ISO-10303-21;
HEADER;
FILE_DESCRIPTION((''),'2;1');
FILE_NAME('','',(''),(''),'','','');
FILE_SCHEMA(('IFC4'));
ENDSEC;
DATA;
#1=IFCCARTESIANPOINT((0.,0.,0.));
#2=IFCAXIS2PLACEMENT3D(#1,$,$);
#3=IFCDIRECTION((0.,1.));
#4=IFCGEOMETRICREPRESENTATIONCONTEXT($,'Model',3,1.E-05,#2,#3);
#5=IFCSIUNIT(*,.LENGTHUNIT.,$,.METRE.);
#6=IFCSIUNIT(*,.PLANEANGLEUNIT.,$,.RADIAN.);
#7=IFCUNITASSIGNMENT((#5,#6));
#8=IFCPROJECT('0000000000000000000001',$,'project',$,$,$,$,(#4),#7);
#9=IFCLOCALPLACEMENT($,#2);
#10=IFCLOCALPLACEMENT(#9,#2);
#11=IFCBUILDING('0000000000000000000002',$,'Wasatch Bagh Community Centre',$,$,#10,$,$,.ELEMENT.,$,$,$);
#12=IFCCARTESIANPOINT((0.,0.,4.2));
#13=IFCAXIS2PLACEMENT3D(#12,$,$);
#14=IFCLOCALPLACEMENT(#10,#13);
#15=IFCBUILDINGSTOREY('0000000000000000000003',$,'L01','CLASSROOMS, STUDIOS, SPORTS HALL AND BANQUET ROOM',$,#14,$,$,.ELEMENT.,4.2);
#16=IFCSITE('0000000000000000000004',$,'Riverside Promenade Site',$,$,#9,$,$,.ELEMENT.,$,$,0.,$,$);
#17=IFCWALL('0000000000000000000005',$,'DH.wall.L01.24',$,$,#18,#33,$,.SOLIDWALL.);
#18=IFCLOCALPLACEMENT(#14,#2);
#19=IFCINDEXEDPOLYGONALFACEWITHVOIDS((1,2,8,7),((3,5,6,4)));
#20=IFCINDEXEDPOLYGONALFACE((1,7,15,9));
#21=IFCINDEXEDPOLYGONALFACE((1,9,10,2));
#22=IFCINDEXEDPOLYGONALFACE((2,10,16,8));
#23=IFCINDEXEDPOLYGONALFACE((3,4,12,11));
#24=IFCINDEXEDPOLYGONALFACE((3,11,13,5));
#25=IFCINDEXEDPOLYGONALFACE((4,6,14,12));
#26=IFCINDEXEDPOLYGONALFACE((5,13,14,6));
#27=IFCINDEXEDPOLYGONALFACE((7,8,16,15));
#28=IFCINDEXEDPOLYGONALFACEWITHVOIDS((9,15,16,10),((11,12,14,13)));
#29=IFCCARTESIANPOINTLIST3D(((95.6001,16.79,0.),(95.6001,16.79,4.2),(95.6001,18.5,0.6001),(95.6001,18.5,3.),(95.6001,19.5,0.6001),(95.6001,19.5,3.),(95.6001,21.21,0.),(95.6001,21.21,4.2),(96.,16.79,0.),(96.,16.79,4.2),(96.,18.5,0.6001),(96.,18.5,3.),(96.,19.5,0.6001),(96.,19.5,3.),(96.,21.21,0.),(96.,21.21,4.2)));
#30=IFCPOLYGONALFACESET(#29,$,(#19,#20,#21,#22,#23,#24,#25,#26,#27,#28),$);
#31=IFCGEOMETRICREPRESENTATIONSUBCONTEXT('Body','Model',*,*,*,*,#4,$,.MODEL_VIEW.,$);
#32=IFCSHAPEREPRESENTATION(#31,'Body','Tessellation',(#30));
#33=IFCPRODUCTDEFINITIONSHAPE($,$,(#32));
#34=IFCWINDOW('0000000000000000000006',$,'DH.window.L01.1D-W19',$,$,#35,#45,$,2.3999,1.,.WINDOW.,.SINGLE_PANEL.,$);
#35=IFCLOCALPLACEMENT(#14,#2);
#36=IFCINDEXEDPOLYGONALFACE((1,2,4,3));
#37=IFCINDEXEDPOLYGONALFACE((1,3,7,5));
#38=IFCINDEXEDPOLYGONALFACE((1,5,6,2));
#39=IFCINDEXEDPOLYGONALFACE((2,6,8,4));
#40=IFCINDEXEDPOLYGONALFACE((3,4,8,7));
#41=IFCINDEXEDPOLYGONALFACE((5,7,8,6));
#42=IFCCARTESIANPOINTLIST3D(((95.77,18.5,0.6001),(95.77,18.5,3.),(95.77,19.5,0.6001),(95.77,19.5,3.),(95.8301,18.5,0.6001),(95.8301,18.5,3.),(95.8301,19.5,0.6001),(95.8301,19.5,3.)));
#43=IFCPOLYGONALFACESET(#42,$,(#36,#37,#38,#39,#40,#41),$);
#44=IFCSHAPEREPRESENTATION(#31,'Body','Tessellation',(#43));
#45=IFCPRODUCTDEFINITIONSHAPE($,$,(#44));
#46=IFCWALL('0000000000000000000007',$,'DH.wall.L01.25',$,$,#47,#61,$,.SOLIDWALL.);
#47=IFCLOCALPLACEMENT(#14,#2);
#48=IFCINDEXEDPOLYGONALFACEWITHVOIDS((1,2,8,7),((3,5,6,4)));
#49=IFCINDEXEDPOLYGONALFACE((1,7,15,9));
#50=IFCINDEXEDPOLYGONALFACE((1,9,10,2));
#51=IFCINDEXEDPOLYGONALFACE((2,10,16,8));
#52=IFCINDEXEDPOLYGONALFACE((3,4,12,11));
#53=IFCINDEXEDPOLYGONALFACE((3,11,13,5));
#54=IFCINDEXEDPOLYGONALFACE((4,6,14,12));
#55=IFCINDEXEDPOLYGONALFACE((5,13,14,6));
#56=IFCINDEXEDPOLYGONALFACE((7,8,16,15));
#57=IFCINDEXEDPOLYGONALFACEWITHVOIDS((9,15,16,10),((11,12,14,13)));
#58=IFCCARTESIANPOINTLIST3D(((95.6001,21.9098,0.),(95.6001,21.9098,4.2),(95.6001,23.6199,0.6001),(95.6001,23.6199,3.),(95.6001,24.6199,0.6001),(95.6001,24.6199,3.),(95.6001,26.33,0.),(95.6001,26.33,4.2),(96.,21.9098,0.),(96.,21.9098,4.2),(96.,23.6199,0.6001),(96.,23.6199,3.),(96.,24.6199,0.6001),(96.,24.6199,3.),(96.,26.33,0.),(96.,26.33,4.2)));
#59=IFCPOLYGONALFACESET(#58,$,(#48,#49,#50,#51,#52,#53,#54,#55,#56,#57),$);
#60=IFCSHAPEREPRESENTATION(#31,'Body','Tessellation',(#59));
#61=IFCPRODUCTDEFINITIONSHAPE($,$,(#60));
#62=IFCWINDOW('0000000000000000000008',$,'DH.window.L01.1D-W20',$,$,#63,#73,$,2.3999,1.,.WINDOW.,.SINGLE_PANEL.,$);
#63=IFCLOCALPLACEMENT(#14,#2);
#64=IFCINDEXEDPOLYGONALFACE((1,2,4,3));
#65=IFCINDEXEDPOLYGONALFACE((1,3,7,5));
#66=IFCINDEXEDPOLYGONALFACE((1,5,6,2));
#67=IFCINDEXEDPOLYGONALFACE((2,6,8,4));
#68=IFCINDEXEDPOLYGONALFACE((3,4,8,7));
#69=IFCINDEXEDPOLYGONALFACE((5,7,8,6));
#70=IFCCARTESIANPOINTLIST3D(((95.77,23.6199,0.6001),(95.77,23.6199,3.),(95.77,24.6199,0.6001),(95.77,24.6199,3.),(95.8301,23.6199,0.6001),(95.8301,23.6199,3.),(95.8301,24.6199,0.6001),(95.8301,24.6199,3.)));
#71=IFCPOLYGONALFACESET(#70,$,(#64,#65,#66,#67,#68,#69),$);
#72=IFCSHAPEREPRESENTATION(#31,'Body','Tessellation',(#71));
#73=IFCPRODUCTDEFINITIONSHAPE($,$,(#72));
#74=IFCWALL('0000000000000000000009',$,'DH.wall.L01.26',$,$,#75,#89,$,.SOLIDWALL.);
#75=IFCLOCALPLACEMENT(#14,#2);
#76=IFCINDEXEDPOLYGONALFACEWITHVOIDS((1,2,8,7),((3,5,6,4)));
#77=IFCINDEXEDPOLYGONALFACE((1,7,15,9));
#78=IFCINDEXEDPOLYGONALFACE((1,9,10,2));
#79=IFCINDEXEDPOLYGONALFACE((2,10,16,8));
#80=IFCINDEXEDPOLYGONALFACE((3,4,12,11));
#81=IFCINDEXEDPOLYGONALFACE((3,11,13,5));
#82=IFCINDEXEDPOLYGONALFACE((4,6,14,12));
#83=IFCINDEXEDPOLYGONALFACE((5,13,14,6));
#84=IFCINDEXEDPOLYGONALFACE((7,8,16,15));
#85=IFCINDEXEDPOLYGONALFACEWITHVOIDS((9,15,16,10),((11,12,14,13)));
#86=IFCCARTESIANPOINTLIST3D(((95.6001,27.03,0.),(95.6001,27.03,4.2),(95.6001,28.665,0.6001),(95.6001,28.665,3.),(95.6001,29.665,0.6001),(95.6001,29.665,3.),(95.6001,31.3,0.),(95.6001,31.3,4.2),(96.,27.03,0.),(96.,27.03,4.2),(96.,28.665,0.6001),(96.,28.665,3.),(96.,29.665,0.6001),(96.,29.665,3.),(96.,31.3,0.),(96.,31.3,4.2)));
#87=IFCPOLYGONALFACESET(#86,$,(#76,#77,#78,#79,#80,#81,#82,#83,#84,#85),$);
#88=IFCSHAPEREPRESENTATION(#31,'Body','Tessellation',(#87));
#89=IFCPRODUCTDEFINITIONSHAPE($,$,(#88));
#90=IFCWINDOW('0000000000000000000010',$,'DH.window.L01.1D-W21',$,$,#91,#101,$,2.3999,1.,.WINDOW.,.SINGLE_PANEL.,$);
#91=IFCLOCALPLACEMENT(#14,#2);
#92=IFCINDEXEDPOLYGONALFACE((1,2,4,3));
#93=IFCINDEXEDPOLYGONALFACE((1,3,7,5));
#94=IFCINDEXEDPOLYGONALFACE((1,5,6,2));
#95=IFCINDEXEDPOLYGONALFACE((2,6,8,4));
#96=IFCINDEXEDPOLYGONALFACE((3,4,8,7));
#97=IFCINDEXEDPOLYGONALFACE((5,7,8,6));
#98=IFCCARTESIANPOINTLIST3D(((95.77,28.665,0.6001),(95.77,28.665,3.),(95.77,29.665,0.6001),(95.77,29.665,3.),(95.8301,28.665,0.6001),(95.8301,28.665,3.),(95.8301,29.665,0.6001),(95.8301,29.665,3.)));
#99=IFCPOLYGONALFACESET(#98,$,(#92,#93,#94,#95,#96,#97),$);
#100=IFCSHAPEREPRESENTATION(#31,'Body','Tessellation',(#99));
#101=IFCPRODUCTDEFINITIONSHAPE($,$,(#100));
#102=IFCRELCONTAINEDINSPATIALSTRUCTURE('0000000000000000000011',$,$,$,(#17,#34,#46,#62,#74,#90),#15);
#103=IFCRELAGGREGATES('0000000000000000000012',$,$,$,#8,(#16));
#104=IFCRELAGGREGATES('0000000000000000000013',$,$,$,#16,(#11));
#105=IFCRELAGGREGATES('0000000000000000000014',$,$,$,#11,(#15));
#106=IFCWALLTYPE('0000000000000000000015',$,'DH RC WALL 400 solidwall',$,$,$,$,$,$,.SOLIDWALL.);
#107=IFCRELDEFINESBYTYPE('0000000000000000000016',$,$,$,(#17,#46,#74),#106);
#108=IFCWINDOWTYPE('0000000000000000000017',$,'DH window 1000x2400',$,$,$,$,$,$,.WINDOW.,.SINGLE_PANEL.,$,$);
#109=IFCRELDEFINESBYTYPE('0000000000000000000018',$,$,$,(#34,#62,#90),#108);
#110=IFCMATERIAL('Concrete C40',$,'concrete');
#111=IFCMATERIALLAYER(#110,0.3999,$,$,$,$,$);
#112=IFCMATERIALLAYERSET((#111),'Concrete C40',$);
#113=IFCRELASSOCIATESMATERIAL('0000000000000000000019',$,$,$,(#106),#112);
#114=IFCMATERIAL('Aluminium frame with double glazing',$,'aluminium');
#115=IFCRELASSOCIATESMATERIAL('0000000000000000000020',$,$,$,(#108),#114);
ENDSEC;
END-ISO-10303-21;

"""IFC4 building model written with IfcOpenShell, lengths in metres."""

from ifc_helpers import new_model, si_unit, direction, frame, frame_2d, origin, place, context, subcontext, project, spatial, rectangle, extrude, material, layer, layer_set, type_object, element, fill, save


model = new_model("IFC4")

# Units and contexts
model_context = context("Model", 3, precision=1e-05, world=origin(), true_north=direction((0.0, 1.0)))
body_context = subcontext(model_context, "Body", "Model", "MODEL_VIEW")
ifc_project = project(units=[si_unit("LENGTHUNIT", "METRE"), si_unit("PLANEANGLEUNIT", "RADIAN")], contexts=[model_context])

# Site, building, storey
site_placement = place(None, origin())
site = spatial("IfcSite", under=ifc_project, at=site_placement, Name="Riverside Promenade Site", CompositionType="ELEMENT", RefElevation=0.0)
building_placement = place(site_placement, origin())
building = spatial("IfcBuilding", under=site, at=building_placement, Name="Wasatch Bagh Community Centre", CompositionType="ELEMENT")
storey_placement = place(building_placement, frame((0.0, 0.0, 4.2)))
storey = spatial("IfcBuildingStorey", under=building, at=storey_placement, Name="L01", Description="CLASSROOMS, STUDIOS, SPORTS HALL AND BANQUET ROOM", CompositionType="ELEMENT", Elevation=4.2)

# Shared definitions
ifc_material_1 = material(Name="Concrete C40", Category="concrete")

# Walls, openings, windows
ifc_layer_1 = layer(ifc_material_1, 0.3999)
ifc_layer_set_1 = layer_set([ifc_layer_1], Name="Concrete C40")
wall_type = type_object("IfcWallType", Name="DH RC WALL 400 solidwall", PredefinedType="SOLIDWALL", material=ifc_layer_set_1)
wall_1_placement = place(storey_placement, frame((95.8, 16.79, 0.0), z_axis=(0.0, 0.0, 1.0), x_axis=(0.0, 1.0, 0.0)))
wall_1 = element("IfcWall", 1, at=wall_1_placement, inside=storey, type_object=wall_type, Name="DH.wall.L01.24", PredefinedType="SOLIDWALL", context=body_context, shape_type="SweptSolid", body=[
    extrude(rectangle(XDim=4.4199, YDim=0.3999, at=frame_2d((2.21, 0.0))), origin(), (0.0, 0.0, 1.0), 4.2),
])
opening_1_placement = place(wall_1_placement, frame((1.71, 0.0, 0.6001)))
opening_1 = element("IfcOpeningElement", 2, at=opening_1_placement, cuts=wall_1, PredefinedType="OPENING", context=body_context, shape_type="SweptSolid", body=[
    extrude(rectangle(XDim=1.0, YDim=2.3999, at=frame_2d((0.5, 1.2))), frame((0.0, 0.21, 0.0), z_axis=(0.0, -1.0, 0.0), x_axis=(1.0, 0.0, 0.0)), (0.0, 0.0, 1.0), 0.4199),
])
ifc_material_2 = material(Name="Aluminium frame with double glazing", Category="aluminium")
window_type = type_object("IfcWindowType", Name="DH window 1000x2400", PartitioningType="SINGLE_PANEL", PredefinedType="WINDOW", material=ifc_material_2)
window_1_placement = place(opening_1_placement, origin())
window_1 = element("IfcWindow", 3, at=window_1_placement, inside=storey, type_object=window_type, Name="DH.window.L01.1D-W19", OverallHeight=2.3999, OverallWidth=1.0, PartitioningType="SINGLE_PANEL", PredefinedType="WINDOW", context=body_context, shape_type="SweptSolid", body=[
    extrude(rectangle(XDim=1.0, YDim=2.3999, at=frame_2d((0.5, 1.2))), frame((0.0, 0.03, 0.0), z_axis=(0.0, -1.0, 0.0), x_axis=(1.0, 0.0, 0.0)), (0.0, 0.0, 1.0), 0.0601),
])
fill(opening_1, window_1)
wall_2_placement = place(storey_placement, frame((95.8, 21.9099, 0.0), z_axis=(0.0, 0.0, 1.0), x_axis=(0.0, 1.0, 0.0)))
wall_2 = element("IfcWall", 4, at=wall_2_placement, inside=storey, type_object=wall_type, Name="DH.wall.L01.25", PredefinedType="SOLIDWALL", context=body_context, shape_type="SweptSolid", body=[
    extrude(rectangle(XDim=4.4202, YDim=0.3999, at=frame_2d((2.21, 0.0))), origin(), (0.0, 0.0, 1.0), 4.2),
])
opening_2_placement = place(wall_2_placement, frame((1.71, 0.0, 0.6001)))
opening_2 = element("IfcOpeningElement", 5, at=opening_2_placement, cuts=wall_2, PredefinedType="OPENING", context=body_context, shape_type="SweptSolid", body=[
    extrude(rectangle(XDim=1.0, YDim=2.3999, at=frame_2d((0.5, 1.2))), frame((0.0, 0.21, 0.0), z_axis=(0.0, -1.0, 0.0), x_axis=(1.0, 0.0, 0.0)), (0.0, 0.0, 1.0), 0.4199),
])
window_2_placement = place(opening_2_placement, origin())
window_2 = element("IfcWindow", 6, at=window_2_placement, inside=storey, type_object=window_type, Name="DH.window.L01.1D-W20", OverallHeight=2.3999, OverallWidth=1.0, PartitioningType="SINGLE_PANEL", PredefinedType="WINDOW", context=body_context, shape_type="SweptSolid", body=[
    extrude(rectangle(XDim=1.0, YDim=2.3999, at=frame_2d((0.5, 1.2))), frame((0.0, 0.03, 0.0), z_axis=(0.0, -1.0, 0.0), x_axis=(1.0, 0.0, 0.0)), (0.0, 0.0, 1.0), 0.0601),
])
fill(opening_2, window_2)
wall_3_placement = place(storey_placement, frame((95.8, 27.03, 0.0), z_axis=(0.0, 0.0, 1.0), x_axis=(0.0, 1.0, 0.0)))
wall_3 = element("IfcWall", 7, at=wall_3_placement, inside=storey, type_object=wall_type, Name="DH.wall.L01.26", PredefinedType="SOLIDWALL", context=body_context, shape_type="SweptSolid", body=[
    extrude(rectangle(XDim=4.27, YDim=0.3999, at=frame_2d((2.135, 0.0))), origin(), (0.0, 0.0, 1.0), 4.2),
])
opening_3_placement = place(wall_3_placement, frame((1.635, 0.0, 0.6001)))
opening_3 = element("IfcOpeningElement", 8, at=opening_3_placement, cuts=wall_3, PredefinedType="OPENING", context=body_context, shape_type="SweptSolid", body=[
    extrude(rectangle(XDim=1.0, YDim=2.3999, at=frame_2d((0.5, 1.2))), frame((0.0, 0.21, 0.0), z_axis=(0.0, -1.0, 0.0), x_axis=(1.0, 0.0, 0.0)), (0.0, 0.0, 1.0), 0.4199),
])
window_3_placement = place(opening_3_placement, origin())
window_3 = element("IfcWindow", 9, at=window_3_placement, inside=storey, type_object=window_type, Name="DH.window.L01.1D-W21", OverallHeight=2.3999, OverallWidth=1.0, PartitioningType="SINGLE_PANEL", PredefinedType="WINDOW", context=body_context, shape_type="SweptSolid", body=[
    extrude(rectangle(XDim=1.0, YDim=2.3999, at=frame_2d((0.5, 1.2))), frame((0.0, 0.03, 0.0), z_axis=(0.0, -1.0, 0.0), x_axis=(1.0, 0.0, 0.0)), (0.0, 0.0, 1.0), 0.0601),
])
fill(opening_3, window_3)

save(model, "model.ifc")
